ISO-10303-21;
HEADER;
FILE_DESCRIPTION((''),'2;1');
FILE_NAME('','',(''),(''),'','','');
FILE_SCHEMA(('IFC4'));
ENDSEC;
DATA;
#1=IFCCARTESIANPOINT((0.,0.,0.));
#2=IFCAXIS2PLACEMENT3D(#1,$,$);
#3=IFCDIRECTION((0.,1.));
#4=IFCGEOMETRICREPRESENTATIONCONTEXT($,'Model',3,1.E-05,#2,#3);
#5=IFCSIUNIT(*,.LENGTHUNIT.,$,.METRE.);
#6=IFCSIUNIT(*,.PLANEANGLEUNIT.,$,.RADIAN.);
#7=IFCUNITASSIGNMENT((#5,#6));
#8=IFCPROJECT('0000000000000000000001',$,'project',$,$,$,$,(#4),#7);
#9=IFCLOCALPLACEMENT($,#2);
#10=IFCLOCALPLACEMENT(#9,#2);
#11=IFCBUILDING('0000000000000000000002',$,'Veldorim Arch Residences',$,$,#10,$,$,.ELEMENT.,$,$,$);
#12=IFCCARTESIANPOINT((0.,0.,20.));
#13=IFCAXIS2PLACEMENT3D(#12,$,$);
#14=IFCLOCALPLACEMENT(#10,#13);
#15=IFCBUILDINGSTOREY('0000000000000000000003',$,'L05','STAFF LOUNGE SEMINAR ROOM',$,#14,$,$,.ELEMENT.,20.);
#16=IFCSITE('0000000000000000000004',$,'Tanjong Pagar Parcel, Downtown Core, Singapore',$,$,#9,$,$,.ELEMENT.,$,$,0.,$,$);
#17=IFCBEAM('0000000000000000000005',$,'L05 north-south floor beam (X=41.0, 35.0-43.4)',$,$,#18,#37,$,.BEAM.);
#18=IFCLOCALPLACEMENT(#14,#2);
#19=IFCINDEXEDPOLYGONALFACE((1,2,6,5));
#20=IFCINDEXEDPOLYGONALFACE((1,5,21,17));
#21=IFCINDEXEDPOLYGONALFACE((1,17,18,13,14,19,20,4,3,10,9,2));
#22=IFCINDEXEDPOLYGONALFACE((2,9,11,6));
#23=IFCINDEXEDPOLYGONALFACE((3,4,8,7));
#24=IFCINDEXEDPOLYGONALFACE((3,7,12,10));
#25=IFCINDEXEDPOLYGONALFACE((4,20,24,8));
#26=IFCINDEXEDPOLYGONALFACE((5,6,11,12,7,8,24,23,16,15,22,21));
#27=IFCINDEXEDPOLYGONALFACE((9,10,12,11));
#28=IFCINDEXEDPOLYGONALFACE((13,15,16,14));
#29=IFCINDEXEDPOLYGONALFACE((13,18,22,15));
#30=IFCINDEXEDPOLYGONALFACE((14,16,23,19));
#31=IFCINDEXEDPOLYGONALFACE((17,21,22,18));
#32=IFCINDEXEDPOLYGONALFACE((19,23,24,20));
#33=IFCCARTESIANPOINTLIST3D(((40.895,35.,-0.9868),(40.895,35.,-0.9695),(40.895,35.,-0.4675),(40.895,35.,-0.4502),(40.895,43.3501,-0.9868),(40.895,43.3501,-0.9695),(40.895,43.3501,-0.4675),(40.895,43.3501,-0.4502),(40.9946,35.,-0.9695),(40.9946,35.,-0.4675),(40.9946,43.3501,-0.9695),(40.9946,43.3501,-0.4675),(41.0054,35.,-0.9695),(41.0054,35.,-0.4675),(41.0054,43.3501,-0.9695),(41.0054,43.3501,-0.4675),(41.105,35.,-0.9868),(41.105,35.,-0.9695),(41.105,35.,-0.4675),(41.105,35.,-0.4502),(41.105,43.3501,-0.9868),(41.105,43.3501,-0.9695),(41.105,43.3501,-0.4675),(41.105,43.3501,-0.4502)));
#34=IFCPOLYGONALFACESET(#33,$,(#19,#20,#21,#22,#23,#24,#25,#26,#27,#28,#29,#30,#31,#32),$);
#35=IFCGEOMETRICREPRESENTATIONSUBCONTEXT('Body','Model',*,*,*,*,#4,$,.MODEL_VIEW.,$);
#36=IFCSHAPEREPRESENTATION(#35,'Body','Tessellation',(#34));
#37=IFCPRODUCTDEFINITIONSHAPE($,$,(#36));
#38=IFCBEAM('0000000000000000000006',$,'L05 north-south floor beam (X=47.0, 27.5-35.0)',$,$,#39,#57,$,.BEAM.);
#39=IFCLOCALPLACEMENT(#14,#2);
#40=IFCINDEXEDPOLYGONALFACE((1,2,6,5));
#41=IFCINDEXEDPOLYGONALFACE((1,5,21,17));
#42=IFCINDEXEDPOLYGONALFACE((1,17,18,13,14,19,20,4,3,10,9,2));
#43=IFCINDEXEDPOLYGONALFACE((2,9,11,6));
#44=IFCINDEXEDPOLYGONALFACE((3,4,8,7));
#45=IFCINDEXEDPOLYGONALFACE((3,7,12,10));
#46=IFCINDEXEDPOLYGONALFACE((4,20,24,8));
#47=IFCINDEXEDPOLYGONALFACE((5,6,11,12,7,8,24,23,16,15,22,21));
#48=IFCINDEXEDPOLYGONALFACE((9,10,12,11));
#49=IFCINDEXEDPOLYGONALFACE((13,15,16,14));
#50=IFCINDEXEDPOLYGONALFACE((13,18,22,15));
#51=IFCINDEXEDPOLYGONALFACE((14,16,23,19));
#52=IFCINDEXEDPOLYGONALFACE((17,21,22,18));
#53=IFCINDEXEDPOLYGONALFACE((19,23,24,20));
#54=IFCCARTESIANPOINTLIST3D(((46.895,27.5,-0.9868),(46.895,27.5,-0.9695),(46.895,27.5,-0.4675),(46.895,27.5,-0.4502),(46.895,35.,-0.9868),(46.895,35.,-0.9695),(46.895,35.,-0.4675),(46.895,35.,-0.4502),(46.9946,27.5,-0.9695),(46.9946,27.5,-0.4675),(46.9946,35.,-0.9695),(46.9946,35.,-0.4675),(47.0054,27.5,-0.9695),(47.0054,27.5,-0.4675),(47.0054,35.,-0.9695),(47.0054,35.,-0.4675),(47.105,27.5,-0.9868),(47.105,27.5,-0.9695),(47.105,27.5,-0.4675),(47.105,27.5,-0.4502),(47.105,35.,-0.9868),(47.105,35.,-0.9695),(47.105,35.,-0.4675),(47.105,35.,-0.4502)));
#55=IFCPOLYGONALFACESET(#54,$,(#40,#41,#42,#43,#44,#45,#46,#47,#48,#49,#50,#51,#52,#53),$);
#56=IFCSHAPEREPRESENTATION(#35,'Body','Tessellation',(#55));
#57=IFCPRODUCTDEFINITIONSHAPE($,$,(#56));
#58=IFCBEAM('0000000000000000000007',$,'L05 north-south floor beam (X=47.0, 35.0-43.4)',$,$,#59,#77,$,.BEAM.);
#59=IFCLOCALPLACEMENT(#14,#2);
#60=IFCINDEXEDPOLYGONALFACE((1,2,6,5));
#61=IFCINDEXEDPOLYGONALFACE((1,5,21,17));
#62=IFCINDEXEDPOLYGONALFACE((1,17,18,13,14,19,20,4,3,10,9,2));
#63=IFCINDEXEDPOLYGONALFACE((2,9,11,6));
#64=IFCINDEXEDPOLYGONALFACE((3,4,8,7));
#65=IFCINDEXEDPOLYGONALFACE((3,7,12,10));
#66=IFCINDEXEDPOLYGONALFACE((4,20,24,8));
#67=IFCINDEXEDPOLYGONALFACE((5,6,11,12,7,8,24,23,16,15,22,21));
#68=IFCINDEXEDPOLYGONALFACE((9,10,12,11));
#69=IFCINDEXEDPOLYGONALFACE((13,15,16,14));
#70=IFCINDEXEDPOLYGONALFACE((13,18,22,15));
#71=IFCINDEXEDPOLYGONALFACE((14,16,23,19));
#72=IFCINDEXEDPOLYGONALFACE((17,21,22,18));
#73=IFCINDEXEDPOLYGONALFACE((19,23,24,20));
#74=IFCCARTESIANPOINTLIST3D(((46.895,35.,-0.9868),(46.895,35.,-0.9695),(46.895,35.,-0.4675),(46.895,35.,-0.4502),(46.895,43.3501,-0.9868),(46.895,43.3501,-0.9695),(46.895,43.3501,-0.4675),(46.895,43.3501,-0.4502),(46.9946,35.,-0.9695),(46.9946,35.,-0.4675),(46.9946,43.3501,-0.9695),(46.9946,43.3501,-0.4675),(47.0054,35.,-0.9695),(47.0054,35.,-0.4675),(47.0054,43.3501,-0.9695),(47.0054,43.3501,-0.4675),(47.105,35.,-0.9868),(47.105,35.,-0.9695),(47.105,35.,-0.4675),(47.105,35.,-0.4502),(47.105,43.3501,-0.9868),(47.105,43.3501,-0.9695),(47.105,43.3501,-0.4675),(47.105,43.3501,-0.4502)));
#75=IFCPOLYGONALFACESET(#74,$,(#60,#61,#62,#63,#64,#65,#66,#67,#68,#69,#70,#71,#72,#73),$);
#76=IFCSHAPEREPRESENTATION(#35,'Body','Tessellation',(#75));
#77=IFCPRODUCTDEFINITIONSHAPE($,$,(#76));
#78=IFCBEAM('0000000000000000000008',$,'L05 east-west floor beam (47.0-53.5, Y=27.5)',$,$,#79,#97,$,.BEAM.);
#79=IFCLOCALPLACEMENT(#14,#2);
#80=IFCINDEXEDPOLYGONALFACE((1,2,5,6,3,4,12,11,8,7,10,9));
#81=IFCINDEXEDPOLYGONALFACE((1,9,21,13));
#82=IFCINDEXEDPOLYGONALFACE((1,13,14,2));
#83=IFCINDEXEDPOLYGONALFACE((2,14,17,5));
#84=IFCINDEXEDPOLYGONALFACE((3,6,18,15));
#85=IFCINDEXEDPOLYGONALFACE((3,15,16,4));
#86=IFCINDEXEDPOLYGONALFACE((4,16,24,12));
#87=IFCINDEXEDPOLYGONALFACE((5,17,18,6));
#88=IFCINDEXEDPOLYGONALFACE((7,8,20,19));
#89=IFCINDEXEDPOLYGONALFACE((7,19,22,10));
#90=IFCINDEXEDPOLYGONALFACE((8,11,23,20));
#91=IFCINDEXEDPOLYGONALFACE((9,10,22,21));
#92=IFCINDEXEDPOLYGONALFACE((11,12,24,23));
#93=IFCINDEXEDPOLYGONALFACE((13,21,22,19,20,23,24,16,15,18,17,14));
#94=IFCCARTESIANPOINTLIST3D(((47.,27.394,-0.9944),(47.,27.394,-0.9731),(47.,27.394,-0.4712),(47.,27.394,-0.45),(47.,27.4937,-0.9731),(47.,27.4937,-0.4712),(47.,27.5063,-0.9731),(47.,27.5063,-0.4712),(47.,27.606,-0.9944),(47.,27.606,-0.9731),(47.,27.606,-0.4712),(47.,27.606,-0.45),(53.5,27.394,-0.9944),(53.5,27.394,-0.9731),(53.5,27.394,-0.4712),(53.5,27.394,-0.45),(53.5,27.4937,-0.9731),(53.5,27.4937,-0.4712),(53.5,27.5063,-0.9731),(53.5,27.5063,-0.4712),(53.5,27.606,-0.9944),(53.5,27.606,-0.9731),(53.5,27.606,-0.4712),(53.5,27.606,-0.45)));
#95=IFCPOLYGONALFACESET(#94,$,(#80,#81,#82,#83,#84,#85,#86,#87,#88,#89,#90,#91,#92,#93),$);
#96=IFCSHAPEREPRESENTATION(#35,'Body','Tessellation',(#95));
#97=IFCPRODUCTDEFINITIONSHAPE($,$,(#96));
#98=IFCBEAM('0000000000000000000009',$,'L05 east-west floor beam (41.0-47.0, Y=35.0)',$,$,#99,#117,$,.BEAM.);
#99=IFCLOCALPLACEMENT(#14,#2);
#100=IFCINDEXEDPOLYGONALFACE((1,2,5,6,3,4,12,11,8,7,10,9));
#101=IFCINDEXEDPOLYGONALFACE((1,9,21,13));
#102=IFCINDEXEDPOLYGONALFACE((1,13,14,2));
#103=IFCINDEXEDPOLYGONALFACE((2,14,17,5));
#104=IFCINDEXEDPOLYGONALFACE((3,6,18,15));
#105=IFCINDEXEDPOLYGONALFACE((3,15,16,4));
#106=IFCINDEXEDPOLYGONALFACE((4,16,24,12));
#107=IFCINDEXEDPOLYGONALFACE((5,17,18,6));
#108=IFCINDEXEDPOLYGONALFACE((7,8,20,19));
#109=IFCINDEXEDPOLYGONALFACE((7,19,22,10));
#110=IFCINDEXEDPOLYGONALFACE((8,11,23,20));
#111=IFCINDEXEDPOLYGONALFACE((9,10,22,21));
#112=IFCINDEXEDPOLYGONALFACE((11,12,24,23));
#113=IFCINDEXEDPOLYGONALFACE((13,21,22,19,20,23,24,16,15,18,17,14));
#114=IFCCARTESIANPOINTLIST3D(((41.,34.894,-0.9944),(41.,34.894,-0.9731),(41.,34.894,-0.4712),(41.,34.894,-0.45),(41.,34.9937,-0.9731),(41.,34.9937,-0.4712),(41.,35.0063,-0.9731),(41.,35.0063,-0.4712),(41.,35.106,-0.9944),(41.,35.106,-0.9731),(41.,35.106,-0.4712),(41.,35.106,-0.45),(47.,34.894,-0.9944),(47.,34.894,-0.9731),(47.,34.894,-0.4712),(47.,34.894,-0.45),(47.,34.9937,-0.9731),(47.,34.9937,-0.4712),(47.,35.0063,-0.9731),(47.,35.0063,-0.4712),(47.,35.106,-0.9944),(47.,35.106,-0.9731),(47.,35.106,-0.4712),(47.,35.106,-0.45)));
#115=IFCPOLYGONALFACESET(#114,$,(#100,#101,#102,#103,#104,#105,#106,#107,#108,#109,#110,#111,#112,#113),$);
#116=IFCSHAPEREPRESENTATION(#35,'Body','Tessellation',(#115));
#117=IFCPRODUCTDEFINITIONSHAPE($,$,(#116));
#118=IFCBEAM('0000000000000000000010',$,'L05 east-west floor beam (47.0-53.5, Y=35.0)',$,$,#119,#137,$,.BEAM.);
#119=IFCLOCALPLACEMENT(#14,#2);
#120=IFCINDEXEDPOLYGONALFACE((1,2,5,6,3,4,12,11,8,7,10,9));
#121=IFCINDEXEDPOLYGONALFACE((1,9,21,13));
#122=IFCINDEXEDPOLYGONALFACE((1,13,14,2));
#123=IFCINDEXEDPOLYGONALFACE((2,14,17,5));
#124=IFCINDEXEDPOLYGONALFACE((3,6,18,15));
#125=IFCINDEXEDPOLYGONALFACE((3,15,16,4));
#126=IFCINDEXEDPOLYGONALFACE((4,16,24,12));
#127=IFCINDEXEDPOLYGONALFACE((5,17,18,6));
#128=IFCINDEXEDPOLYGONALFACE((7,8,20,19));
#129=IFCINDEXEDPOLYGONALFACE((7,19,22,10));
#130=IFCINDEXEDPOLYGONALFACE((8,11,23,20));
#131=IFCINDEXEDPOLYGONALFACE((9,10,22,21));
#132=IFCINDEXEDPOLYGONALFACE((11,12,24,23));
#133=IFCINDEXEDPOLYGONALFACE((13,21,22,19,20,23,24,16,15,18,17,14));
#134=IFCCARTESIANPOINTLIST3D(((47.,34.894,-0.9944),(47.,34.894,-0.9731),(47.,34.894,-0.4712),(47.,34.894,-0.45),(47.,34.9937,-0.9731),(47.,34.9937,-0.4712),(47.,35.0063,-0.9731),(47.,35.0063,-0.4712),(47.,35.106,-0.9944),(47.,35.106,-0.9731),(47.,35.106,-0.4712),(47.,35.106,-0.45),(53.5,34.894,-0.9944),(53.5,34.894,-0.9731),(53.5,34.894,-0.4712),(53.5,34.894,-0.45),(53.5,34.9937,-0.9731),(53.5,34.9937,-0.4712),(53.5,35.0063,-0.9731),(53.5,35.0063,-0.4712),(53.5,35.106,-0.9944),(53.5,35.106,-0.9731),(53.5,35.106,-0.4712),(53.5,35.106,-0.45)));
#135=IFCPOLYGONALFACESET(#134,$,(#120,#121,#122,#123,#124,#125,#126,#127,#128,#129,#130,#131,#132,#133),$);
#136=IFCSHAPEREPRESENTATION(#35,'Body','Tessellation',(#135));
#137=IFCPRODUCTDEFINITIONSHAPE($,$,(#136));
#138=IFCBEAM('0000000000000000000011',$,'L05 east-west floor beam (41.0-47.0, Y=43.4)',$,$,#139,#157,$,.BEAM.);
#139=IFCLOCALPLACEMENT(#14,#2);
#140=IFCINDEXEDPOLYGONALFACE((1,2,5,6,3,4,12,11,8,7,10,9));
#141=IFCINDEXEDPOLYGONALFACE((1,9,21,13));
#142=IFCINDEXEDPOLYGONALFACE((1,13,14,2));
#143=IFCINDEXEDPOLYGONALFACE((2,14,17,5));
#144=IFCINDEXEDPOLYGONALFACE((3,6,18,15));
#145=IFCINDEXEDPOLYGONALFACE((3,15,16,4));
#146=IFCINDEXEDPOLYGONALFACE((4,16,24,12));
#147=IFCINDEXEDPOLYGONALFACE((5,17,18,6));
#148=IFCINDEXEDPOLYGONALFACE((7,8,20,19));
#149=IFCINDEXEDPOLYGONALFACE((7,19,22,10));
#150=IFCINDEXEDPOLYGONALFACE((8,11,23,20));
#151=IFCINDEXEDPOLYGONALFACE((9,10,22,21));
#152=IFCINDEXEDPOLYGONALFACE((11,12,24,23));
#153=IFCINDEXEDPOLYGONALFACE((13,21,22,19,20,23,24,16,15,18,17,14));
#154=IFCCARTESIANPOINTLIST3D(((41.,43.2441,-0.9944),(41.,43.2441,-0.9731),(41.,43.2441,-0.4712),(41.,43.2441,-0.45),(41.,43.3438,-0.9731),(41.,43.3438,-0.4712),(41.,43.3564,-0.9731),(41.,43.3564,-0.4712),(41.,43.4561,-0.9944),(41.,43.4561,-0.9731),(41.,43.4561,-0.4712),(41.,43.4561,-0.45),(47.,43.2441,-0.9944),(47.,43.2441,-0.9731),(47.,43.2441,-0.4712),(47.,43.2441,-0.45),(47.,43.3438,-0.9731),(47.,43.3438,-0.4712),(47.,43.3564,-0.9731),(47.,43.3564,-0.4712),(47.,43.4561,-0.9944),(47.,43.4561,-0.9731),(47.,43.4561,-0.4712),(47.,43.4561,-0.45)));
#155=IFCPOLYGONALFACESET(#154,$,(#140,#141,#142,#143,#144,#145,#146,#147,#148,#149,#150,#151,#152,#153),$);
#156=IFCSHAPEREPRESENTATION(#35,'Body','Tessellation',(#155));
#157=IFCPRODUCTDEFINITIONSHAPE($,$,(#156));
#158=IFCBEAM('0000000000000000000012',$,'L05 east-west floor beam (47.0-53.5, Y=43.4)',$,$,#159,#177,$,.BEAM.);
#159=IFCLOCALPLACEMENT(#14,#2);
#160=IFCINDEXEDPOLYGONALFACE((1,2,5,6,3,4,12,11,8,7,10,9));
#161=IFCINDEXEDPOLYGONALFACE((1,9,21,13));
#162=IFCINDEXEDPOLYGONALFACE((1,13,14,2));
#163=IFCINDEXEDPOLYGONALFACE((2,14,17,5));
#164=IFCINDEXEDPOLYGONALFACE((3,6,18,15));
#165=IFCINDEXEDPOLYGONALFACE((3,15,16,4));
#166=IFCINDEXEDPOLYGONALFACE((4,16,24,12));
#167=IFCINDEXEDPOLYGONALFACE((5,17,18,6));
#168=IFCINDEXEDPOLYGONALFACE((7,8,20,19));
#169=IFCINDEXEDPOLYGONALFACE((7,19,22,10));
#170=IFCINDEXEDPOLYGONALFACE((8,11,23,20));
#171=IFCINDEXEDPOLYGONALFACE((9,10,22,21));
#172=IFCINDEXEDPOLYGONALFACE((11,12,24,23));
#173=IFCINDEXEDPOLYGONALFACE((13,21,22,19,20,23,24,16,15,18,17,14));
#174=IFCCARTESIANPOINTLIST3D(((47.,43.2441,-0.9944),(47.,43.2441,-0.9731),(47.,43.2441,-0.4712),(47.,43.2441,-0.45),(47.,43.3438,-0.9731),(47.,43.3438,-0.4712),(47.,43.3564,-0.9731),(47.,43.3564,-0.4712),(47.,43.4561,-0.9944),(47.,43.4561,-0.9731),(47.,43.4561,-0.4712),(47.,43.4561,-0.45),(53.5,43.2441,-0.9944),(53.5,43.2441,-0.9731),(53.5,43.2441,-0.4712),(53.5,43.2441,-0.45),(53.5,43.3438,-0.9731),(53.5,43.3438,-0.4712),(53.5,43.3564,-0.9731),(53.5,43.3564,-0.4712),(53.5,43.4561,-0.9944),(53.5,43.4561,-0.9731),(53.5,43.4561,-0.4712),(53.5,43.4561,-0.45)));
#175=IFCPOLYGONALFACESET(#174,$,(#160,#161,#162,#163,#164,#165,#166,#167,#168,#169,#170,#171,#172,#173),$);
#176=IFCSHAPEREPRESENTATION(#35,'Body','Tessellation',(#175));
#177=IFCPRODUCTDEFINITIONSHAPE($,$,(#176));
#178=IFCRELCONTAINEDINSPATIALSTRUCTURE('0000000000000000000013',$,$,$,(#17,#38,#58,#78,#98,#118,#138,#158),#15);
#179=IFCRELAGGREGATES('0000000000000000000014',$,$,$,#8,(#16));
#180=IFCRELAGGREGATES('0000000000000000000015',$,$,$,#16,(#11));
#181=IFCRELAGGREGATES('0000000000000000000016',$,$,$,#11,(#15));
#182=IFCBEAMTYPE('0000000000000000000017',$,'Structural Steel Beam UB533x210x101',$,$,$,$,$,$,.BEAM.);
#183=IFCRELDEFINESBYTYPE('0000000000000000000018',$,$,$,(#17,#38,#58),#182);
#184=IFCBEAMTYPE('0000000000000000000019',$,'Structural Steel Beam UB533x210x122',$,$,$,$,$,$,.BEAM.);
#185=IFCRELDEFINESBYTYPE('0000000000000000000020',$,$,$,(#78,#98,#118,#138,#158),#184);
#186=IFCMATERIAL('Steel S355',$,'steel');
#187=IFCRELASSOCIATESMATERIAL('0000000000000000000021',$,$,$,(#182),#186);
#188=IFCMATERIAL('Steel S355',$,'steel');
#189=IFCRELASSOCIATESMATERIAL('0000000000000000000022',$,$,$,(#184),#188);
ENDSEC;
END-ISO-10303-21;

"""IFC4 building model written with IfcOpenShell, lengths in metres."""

from ifc_helpers import new_model, si_unit, direction, frame, origin, origin_2d, place, context, subcontext, project, spatial, i_section, extrude, material, material_profile, profile_set, type_object, element, save


model = new_model("IFC4")

# Units and contexts
model_context = context("Model", 3, precision=1e-05, world=origin(), true_north=direction((0.0, 1.0)))
body_context = subcontext(model_context, "Body", "Model", "MODEL_VIEW")
ifc_project = project(units=[si_unit("LENGTHUNIT", "METRE"), si_unit("PLANEANGLEUNIT", "RADIAN")], contexts=[model_context])

# Site, building, storey
site_placement = place(None, origin())
site = spatial("IfcSite", under=ifc_project, at=site_placement, Name="Tanjong Pagar Parcel, Downtown Core, Singapore", CompositionType="ELEMENT", RefElevation=0.0)
building_placement = place(site_placement, origin())
building = spatial("IfcBuilding", under=site, at=building_placement, Name="Veldorim Arch Residences", CompositionType="ELEMENT")
storey_placement = place(building_placement, frame((0.0, 0.0, 20.0)))
storey = spatial("IfcBuildingStorey", under=building, at=storey_placement, Name="L05", Description="STAFF LOUNGE SEMINAR ROOM", CompositionType="ELEMENT", Elevation=20.0)

# Beams
ifc_material_1 = material(Name="Steel S355", Category="steel")
ifc_material_profile_1 = material_profile(ifc_material_1, i_section(OverallWidth=0.21, OverallDepth=0.5366, WebThickness=0.0107, FlangeThickness=0.0173, at=origin_2d()), Name="UB533x210x101")
ifc_profile_set_1 = profile_set([ifc_material_profile_1], Name="Steel S355")
beam_type_1 = type_object("IfcBeamType", Name="Structural Steel Beam UB533x210x101", PredefinedType="BEAM", material=ifc_profile_set_1)
beam_1_placement = place(storey_placement, frame((41.0, 35.0, -0.7185), z_axis=(0.0, 1.0, 0.0), x_axis=(-1.0, 0.0, 0.0)))
element("IfcBeam", 1, at=beam_1_placement, inside=storey, type_object=beam_type_1, Name="L05 north-south floor beam (X=41.0, 35.0-43.4)", PredefinedType="BEAM", context=body_context, shape_type="SweptSolid", body=[
    extrude(i_section(OverallWidth=0.21, OverallDepth=0.5366, WebThickness=0.0107, FlangeThickness=0.0173, at=origin_2d()), origin(), (0.0, 0.0, 1.0), 8.3501),
])
beam_2_placement = place(storey_placement, frame((47.0, 27.5, -0.7185), z_axis=(0.0, 1.0, 0.0), x_axis=(-1.0, 0.0, 0.0)))
element("IfcBeam", 2, at=beam_2_placement, inside=storey, type_object=beam_type_1, Name="L05 north-south floor beam (X=47.0, 27.5-35.0)", PredefinedType="BEAM", context=body_context, shape_type="SweptSolid", body=[
    extrude(i_section(OverallWidth=0.21, OverallDepth=0.5366, WebThickness=0.0107, FlangeThickness=0.0173, at=origin_2d()), origin(), (0.0, 0.0, 1.0), 7.5),
])
beam_3_placement = place(storey_placement, frame((47.0, 35.0, -0.7185), z_axis=(0.0, 1.0, 0.0), x_axis=(-1.0, 0.0, 0.0)))
element("IfcBeam", 3, at=beam_3_placement, inside=storey, type_object=beam_type_1, Name="L05 north-south floor beam (X=47.0, 35.0-43.4)", PredefinedType="BEAM", context=body_context, shape_type="SweptSolid", body=[
    extrude(i_section(OverallWidth=0.21, OverallDepth=0.5366, WebThickness=0.0107, FlangeThickness=0.0173, at=origin_2d()), origin(), (0.0, 0.0, 1.0), 8.3501),
])
ifc_material_2 = material(Name="Steel S355", Category="steel")
ifc_material_profile_2 = material_profile(ifc_material_2, i_section(OverallWidth=0.2119, OverallDepth=0.5444, WebThickness=0.0127, FlangeThickness=0.0212, at=origin_2d()), Name="UB533x210x122")
ifc_profile_set_2 = profile_set([ifc_material_profile_2], Name="Steel S355")
beam_type_2 = type_object("IfcBeamType", Name="Structural Steel Beam UB533x210x122", PredefinedType="BEAM", material=ifc_profile_set_2)
beam_4_placement = place(storey_placement, frame((47.0, 27.5, -0.7222), z_axis=(1.0, 0.0, 0.0), x_axis=(0.0, 1.0, 0.0)))
element("IfcBeam", 4, at=beam_4_placement, inside=storey, type_object=beam_type_2, Name="L05 east-west floor beam (47.0-53.5, Y=27.5)", PredefinedType="BEAM", context=body_context, shape_type="SweptSolid", body=[
    extrude(i_section(OverallWidth=0.2119, OverallDepth=0.5444, WebThickness=0.0127, FlangeThickness=0.0212, at=origin_2d()), origin(), (0.0, 0.0, 1.0), 6.5),
])
beam_5_placement = place(storey_placement, frame((41.0, 35.0, -0.7222), z_axis=(1.0, 0.0, 0.0), x_axis=(0.0, 1.0, 0.0)))
element("IfcBeam", 5, at=beam_5_placement, inside=storey, type_object=beam_type_2, Name="L05 east-west floor beam (41.0-47.0, Y=35.0)", PredefinedType="BEAM", context=body_context, shape_type="SweptSolid", body=[
    extrude(i_section(OverallWidth=0.2119, OverallDepth=0.5444, WebThickness=0.0127, FlangeThickness=0.0212, at=origin_2d()), origin(), (0.0, 0.0, 1.0), 6.0),
])
beam_6_placement = place(storey_placement, frame((47.0, 35.0, -0.7222), z_axis=(1.0, 0.0, 0.0), x_axis=(0.0, 1.0, 0.0)))
element("IfcBeam", 6, at=beam_6_placement, inside=storey, type_object=beam_type_2, Name="L05 east-west floor beam (47.0-53.5, Y=35.0)", PredefinedType="BEAM", context=body_context, shape_type="SweptSolid", body=[
    extrude(i_section(OverallWidth=0.2119, OverallDepth=0.5444, WebThickness=0.0127, FlangeThickness=0.0212, at=origin_2d()), origin(), (0.0, 0.0, 1.0), 6.5),
])
beam_7_placement = place(storey_placement, frame((41.0, 43.3501, -0.7222), z_axis=(1.0, 0.0, 0.0), x_axis=(0.0, 1.0, 0.0)))
element("IfcBeam", 7, at=beam_7_placement, inside=storey, type_object=beam_type_2, Name="L05 east-west floor beam (41.0-47.0, Y=43.4)", PredefinedType="BEAM", context=body_context, shape_type="SweptSolid", body=[
    extrude(i_section(OverallWidth=0.2119, OverallDepth=0.5444, WebThickness=0.0127, FlangeThickness=0.0212, at=origin_2d()), origin(), (0.0, 0.0, 1.0), 6.0),
])
beam_8_placement = place(storey_placement, frame((47.0, 43.3501, -0.7222), z_axis=(1.0, 0.0, 0.0), x_axis=(0.0, 1.0, 0.0)))
element("IfcBeam", 8, at=beam_8_placement, inside=storey, type_object=beam_type_2, Name="L05 east-west floor beam (47.0-53.5, Y=43.4)", PredefinedType="BEAM", context=body_context, shape_type="SweptSolid", body=[
    extrude(i_section(OverallWidth=0.2119, OverallDepth=0.5444, WebThickness=0.0127, FlangeThickness=0.0212, at=origin_2d()), origin(), (0.0, 0.0, 1.0), 6.5),
])

save(model, "model.ifc")
